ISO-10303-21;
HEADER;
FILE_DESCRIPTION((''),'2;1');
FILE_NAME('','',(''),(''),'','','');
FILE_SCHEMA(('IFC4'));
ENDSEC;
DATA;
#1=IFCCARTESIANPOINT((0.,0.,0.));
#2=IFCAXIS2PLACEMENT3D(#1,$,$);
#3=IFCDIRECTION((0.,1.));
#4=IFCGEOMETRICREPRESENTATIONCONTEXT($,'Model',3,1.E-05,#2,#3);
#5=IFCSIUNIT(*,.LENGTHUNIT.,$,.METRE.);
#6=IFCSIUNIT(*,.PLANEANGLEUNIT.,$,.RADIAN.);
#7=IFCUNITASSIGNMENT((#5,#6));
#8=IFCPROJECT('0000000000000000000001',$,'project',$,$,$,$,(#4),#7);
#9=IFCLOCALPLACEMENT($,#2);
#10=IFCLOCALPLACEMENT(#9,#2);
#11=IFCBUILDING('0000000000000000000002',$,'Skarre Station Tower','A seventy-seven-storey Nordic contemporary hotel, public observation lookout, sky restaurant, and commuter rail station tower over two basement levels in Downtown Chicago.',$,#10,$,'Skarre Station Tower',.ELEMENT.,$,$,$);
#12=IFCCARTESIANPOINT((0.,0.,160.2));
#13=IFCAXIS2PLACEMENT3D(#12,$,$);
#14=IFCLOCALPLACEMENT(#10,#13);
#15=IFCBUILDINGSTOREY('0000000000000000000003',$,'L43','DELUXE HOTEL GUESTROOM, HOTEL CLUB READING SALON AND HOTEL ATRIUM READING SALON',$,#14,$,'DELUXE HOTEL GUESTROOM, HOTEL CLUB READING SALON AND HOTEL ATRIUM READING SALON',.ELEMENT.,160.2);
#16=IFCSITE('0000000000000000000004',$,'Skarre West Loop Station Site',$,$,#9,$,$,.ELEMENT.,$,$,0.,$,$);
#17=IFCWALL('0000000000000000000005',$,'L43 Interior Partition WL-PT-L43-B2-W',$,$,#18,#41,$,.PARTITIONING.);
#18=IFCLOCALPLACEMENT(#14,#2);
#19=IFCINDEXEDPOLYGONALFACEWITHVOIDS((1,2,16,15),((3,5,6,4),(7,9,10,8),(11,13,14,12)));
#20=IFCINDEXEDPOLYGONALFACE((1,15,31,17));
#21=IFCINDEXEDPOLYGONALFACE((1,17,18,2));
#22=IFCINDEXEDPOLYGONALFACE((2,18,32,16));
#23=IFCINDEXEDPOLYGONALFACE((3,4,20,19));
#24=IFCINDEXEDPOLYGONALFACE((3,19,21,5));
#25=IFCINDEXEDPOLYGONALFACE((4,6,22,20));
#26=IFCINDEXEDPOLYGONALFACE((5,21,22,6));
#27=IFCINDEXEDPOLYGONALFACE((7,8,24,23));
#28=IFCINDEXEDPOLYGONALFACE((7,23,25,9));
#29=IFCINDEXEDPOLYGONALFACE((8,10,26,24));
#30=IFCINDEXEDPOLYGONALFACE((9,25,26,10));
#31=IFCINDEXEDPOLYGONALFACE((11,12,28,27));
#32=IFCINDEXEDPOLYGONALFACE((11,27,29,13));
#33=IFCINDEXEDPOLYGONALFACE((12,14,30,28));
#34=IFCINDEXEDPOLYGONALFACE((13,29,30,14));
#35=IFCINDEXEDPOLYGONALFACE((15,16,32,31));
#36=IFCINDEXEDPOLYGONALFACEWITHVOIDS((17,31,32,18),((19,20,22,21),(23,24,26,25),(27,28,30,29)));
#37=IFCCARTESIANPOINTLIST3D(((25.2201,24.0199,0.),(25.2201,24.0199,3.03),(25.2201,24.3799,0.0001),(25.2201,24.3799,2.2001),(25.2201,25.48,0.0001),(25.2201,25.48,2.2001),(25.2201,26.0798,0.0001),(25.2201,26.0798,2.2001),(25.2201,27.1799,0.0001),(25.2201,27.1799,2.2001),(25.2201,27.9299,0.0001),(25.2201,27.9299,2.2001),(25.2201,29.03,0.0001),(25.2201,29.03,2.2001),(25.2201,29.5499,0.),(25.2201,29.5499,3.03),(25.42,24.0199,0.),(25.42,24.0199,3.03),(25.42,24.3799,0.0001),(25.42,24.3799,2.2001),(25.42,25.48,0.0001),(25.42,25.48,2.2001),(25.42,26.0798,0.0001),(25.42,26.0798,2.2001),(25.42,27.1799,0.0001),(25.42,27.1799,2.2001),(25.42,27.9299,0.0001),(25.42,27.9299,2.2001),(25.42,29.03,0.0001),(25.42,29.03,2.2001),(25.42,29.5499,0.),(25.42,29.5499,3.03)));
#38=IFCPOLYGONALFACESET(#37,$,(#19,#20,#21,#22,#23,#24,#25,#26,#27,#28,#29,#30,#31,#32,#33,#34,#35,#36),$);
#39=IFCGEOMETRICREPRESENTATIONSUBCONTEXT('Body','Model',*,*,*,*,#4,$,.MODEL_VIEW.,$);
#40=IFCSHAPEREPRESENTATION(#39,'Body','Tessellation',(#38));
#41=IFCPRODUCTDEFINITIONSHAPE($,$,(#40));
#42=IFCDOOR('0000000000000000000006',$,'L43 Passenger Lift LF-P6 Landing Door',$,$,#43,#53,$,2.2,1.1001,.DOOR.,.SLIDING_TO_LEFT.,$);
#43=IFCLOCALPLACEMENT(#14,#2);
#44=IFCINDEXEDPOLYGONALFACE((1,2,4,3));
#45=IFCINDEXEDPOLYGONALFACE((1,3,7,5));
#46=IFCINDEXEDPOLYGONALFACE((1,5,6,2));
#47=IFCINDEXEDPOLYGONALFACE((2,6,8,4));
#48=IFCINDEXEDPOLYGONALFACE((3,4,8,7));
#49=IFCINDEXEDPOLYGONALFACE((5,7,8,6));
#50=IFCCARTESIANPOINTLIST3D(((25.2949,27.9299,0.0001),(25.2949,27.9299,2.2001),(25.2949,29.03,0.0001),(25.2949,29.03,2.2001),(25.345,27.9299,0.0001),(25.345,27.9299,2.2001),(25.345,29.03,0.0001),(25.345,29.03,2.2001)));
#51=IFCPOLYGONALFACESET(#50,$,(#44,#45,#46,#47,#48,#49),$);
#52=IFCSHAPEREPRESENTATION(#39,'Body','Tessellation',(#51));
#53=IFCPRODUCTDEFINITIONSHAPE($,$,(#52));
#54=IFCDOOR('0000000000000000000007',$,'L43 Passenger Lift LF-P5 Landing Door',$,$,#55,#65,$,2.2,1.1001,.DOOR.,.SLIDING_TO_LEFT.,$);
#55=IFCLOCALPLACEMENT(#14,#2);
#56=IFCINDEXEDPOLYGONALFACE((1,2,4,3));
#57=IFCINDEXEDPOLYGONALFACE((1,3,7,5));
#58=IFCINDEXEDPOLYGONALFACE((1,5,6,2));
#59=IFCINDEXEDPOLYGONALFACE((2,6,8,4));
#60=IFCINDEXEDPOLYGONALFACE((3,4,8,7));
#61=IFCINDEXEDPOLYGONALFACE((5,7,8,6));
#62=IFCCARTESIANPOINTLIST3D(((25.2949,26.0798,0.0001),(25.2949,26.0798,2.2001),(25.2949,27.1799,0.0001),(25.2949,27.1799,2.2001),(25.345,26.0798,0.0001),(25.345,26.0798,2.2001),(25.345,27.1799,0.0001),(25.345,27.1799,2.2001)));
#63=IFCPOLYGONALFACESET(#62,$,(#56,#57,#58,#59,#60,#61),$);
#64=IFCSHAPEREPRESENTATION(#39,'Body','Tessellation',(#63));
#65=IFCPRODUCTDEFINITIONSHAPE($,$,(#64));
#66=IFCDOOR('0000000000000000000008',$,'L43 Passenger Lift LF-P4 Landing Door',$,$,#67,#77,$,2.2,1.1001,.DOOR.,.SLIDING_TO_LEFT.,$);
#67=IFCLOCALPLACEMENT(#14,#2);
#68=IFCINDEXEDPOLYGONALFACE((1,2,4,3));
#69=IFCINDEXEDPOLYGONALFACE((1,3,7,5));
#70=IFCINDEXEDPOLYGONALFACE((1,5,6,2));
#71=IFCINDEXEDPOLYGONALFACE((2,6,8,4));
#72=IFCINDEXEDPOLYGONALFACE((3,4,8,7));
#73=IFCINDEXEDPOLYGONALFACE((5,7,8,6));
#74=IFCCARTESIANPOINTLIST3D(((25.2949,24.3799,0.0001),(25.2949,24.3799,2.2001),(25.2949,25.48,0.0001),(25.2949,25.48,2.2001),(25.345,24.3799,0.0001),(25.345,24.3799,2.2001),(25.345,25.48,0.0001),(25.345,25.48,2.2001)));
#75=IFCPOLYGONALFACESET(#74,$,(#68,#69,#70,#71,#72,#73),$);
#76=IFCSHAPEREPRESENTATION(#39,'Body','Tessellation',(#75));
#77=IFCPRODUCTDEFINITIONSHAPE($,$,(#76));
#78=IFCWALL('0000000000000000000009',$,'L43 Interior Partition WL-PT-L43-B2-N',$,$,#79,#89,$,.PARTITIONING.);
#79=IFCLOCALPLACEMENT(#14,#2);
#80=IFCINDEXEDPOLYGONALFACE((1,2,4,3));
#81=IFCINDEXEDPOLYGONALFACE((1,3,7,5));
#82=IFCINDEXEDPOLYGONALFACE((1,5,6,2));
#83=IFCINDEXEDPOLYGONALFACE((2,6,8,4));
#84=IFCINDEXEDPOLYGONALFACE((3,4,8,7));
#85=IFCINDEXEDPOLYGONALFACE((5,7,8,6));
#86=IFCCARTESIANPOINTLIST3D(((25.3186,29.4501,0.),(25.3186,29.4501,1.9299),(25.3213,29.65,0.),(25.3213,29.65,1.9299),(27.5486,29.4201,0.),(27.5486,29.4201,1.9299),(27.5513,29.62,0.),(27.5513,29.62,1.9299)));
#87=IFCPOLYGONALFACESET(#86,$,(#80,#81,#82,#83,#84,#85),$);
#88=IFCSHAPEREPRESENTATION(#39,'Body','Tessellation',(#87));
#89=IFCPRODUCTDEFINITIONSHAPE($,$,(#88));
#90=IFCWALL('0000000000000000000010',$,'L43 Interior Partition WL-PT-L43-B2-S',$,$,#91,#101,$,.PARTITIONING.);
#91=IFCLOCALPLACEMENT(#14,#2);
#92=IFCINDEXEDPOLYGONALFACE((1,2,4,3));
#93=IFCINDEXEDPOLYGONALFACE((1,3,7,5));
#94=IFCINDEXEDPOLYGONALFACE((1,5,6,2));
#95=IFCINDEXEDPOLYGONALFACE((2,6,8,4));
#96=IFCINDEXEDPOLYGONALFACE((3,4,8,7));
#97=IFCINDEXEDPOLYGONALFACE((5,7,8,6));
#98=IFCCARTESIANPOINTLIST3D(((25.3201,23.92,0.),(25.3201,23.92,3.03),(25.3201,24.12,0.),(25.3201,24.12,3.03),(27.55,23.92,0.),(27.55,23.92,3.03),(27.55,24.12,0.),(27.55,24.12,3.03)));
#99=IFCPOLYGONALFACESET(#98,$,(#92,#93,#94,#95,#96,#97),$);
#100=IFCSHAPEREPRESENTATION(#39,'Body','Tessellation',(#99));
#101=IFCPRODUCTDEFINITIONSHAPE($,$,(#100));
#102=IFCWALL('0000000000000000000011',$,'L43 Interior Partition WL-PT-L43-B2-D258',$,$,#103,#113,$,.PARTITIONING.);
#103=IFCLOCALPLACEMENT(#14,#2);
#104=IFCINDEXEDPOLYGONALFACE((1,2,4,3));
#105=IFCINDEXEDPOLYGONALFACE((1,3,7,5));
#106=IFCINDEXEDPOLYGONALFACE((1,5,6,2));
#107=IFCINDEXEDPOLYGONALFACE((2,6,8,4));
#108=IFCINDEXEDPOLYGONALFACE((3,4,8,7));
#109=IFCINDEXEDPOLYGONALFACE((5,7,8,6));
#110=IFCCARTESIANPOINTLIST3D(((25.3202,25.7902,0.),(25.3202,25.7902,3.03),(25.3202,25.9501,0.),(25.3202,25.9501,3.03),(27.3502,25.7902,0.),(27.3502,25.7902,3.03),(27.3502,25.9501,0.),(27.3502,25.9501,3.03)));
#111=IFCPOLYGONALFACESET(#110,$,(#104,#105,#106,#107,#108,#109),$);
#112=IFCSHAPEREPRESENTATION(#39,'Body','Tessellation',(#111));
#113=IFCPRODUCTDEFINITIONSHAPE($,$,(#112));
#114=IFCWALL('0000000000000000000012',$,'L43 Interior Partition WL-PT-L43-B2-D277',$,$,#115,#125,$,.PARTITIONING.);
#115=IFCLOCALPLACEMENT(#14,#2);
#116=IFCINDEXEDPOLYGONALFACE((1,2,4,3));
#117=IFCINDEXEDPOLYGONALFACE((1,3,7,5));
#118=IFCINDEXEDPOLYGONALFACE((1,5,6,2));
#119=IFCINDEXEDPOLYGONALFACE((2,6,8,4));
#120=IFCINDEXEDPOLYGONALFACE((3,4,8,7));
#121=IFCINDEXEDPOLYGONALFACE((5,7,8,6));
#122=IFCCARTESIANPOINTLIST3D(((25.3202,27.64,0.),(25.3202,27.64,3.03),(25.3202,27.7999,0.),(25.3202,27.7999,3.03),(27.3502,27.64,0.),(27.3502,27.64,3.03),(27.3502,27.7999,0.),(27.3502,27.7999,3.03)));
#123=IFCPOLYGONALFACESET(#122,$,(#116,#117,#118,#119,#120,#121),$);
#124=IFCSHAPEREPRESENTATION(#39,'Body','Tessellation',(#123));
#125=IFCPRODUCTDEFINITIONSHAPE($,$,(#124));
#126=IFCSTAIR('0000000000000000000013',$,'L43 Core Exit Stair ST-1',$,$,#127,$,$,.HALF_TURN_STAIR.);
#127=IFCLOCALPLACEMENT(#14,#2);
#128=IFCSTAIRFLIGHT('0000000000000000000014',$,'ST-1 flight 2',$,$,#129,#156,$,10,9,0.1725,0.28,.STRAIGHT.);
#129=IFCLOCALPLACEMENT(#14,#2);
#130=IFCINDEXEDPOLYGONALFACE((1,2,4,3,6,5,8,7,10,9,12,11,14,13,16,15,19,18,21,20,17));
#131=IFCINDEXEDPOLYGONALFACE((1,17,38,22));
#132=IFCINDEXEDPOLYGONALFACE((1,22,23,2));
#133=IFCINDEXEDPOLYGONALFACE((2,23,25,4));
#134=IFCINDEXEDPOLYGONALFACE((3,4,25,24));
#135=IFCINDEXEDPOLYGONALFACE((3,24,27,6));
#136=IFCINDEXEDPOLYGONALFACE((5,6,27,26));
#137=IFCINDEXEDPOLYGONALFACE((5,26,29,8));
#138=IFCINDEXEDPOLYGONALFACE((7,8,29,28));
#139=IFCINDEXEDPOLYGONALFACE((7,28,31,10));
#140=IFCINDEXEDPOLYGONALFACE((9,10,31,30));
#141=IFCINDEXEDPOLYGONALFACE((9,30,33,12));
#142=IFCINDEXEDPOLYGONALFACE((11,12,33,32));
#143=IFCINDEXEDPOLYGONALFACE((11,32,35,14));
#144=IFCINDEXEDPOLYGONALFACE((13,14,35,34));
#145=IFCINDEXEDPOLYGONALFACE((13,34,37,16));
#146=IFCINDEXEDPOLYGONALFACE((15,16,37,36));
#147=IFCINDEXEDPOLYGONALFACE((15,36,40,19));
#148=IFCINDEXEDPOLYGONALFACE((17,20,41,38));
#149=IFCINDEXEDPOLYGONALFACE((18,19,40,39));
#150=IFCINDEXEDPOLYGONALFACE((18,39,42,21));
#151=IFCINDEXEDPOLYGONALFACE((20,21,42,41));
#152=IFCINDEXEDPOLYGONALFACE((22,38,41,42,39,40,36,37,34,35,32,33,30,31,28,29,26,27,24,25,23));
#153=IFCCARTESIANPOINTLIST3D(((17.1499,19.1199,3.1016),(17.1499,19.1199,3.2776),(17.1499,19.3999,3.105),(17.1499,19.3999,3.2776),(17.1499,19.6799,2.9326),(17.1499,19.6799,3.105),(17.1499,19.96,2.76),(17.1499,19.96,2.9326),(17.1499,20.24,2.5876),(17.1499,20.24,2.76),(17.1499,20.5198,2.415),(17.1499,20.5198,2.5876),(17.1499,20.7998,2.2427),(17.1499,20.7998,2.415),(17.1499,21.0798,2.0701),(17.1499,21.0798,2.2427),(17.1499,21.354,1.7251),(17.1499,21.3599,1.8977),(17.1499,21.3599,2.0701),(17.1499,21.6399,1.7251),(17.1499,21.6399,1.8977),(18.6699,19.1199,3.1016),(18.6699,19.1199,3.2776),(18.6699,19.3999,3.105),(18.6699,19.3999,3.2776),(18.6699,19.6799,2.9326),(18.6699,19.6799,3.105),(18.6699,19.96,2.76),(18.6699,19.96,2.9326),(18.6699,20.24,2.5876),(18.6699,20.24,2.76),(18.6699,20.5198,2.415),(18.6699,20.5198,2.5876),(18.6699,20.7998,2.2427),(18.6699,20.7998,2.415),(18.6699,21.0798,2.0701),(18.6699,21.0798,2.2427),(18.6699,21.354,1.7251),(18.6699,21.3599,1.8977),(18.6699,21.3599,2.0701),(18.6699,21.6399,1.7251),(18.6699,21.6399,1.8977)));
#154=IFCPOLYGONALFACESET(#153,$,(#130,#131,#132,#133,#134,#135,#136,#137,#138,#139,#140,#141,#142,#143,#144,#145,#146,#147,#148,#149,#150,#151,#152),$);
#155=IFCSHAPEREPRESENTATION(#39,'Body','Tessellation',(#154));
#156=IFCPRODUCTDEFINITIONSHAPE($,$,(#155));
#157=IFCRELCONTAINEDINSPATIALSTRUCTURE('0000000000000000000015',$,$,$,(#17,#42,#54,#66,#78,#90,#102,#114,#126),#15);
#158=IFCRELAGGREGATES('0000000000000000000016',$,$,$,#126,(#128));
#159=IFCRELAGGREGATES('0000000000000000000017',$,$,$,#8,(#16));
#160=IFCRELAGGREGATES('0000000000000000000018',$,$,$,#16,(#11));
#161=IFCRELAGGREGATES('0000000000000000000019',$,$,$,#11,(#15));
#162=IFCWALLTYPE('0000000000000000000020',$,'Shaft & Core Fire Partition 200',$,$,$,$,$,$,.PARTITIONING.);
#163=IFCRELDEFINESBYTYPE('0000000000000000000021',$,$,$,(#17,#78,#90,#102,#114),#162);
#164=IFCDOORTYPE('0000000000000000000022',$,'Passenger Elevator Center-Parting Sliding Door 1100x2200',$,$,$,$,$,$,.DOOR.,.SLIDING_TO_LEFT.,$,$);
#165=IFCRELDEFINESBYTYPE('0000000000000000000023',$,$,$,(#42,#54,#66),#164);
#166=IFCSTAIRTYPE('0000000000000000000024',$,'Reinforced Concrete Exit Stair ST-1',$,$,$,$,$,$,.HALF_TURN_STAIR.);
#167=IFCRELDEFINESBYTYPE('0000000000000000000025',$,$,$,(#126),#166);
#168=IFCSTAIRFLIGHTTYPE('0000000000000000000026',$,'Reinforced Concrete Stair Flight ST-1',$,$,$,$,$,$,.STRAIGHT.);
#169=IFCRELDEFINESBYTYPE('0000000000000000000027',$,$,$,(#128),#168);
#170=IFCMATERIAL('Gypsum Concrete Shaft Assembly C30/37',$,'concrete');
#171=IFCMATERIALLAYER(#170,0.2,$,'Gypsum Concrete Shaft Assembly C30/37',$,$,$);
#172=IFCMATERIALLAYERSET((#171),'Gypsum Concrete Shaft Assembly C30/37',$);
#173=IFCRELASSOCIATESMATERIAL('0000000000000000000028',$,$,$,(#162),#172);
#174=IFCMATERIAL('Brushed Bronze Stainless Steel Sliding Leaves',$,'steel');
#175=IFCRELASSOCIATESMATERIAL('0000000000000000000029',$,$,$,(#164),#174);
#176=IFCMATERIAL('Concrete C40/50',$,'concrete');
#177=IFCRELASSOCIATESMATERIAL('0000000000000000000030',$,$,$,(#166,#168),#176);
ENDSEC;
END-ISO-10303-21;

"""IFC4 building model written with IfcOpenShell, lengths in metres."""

from ifc_helpers import new_model, si_unit, direction, frame, frame_2d, origin, place, context, subcontext, project, spatial, polyline, rectangle, outline, extrude, material, layer, layer_set, type_object, element, fill, aggregate, save


model = new_model("IFC4")

# Units and contexts
model_context = context("Model", 3, precision=1e-05, world=origin(), true_north=direction((0.0, 1.0)))
body_context = subcontext(model_context, "Body", "Model", "MODEL_VIEW")
ifc_project = project(units=[si_unit("LENGTHUNIT", "METRE"), si_unit("PLANEANGLEUNIT", "RADIAN")], contexts=[model_context])

# Site, building, storey
site_placement = place(None, origin())
site = spatial("IfcSite", under=ifc_project, at=site_placement, Name="Skarre West Loop Station Site", CompositionType="ELEMENT", RefElevation=0.0)
building_placement = place(site_placement, origin())
building = spatial("IfcBuilding", under=site, at=building_placement, Name="Skarre Station Tower", Description="A seventy-seven-storey Nordic contemporary hotel, public observation lookout, sky restaurant, and commuter rail station tower over two basement levels in Downtown Chicago.", LongName="Skarre Station Tower", CompositionType="ELEMENT")
storey_placement = place(building_placement, frame((0.0, 0.0, 160.2)))
storey = spatial("IfcBuildingStorey", under=building, at=storey_placement, Name="L43", Description="DELUXE HOTEL GUESTROOM, HOTEL CLUB READING SALON AND HOTEL ATRIUM READING SALON", LongName="DELUXE HOTEL GUESTROOM, HOTEL CLUB READING SALON AND HOTEL ATRIUM READING SALON", CompositionType="ELEMENT", Elevation=160.2)

# Shared definitions
ifc_material_1 = material(Name="Gypsum Concrete Shaft Assembly C30/37", Category="concrete")
ifc_layer_1 = layer(ifc_material_1, 0.2, Name="Gypsum Concrete Shaft Assembly C30/37")
ifc_layer_set_1 = layer_set([ifc_layer_1], Name="Gypsum Concrete Shaft Assembly C30/37")
wall_type_1 = type_object("IfcWallType", Name="Shaft & Core Fire Partition 200", PredefinedType="PARTITIONING", material=ifc_layer_set_1)

# Wall, openings, doors
wall_1_placement = place(storey_placement, frame((25.3201, 29.55, 0.0), z_axis=(0.0, 0.0, 1.0), x_axis=(0.0, -1.0, 0.0)))
wall_1 = element("IfcWall", 1, at=wall_1_placement, inside=storey, type_object=wall_type_1, Name="L43 Interior Partition WL-PT-L43-B2-W", PredefinedType="PARTITIONING", context=body_context, shape_type="SweptSolid", body=[
    extrude(rectangle(XDim=5.53, YDim=0.2, at=frame_2d((2.7651, 0.0))), origin(), (0.0, 0.0, 1.0), 3.03),
])
opening_1_placement = place(wall_1_placement, frame((0.52, 0.0, 0.0)))
opening_1 = element("IfcOpeningElement", 2, at=opening_1_placement, cuts=wall_1, PredefinedType="OPENING", context=body_context, shape_type="SweptSolid", body=[
    extrude(rectangle(XDim=1.1001, YDim=2.2, at=frame_2d((0.55, 1.1001))), frame((0.0, 0.1099, 0.0), z_axis=(0.0, -1.0, 0.0), x_axis=(1.0, 0.0, 0.0)), (0.0, 0.0, 1.0), 0.22),
])
opening_2_placement = place(wall_1_placement, frame((2.3701, 0.0, 0.0)))
opening_2 = element("IfcOpeningElement", 3, at=opening_2_placement, cuts=wall_1, PredefinedType="OPENING", context=body_context, shape_type="SweptSolid", body=[
    extrude(rectangle(XDim=1.1001, YDim=2.2, at=frame_2d((0.55, 1.1001))), frame((0.0, 0.1099, 0.0), z_axis=(0.0, -1.0, 0.0), x_axis=(1.0, 0.0, 0.0)), (0.0, 0.0, 1.0), 0.22),
])
opening_3_placement = place(wall_1_placement, frame((4.0701, 0.0, 0.0)))
opening_3 = element("IfcOpeningElement", 4, at=opening_3_placement, cuts=wall_1, PredefinedType="OPENING", context=body_context, shape_type="SweptSolid", body=[
    extrude(rectangle(XDim=1.1001, YDim=2.2, at=frame_2d((0.55, 1.1001))), frame((0.0, 0.1099, 0.0), z_axis=(0.0, -1.0, 0.0), x_axis=(1.0, 0.0, 0.0)), (0.0, 0.0, 1.0), 0.22),
])
ifc_material_2 = material(Name="Brushed Bronze Stainless Steel Sliding Leaves", Category="steel")
door_type_1 = type_object("IfcDoorType", Name="Passenger Elevator Center-Parting Sliding Door 1100x2200", OperationType="SLIDING_TO_LEFT", PredefinedType="DOOR", material=ifc_material_2)
door_1_placement = place(opening_1_placement, origin())
door_1 = element("IfcDoor", 5, at=door_1_placement, inside=storey, type_object=door_type_1, Name="L43 Passenger Lift LF-P6 Landing Door", OperationType="SLIDING_TO_LEFT", OverallHeight=2.2, OverallWidth=1.1001, PredefinedType="DOOR", context=body_context, shape_type="SweptSolid", body=[
    extrude(rectangle(XDim=1.1001, YDim=2.2, at=frame_2d((0.55, 1.1001))), frame((0.0, 0.0249, 0.0), z_axis=(0.0, -1.0, 0.0), x_axis=(1.0, 0.0, 0.0)), (0.0, 0.0, 1.0), 0.05),
])
fill(opening_1, door_1)
door_2_placement = place(opening_2_placement, origin())
door_2 = element("IfcDoor", 6, at=door_2_placement, inside=storey, type_object=door_type_1, Name="L43 Passenger Lift LF-P5 Landing Door", OperationType="SLIDING_TO_LEFT", OverallHeight=2.2, OverallWidth=1.1001, PredefinedType="DOOR", context=body_context, shape_type="SweptSolid", body=[
    extrude(rectangle(XDim=1.1001, YDim=2.2, at=frame_2d((0.55, 1.1001))), frame((0.0, 0.0249, 0.0), z_axis=(0.0, -1.0, 0.0), x_axis=(1.0, 0.0, 0.0)), (0.0, 0.0, 1.0), 0.05),
])
fill(opening_2, door_2)
door_3_placement = place(opening_3_placement, origin())
door_3 = element("IfcDoor", 7, at=door_3_placement, inside=storey, type_object=door_type_1, Name="L43 Passenger Lift LF-P4 Landing Door", OperationType="SLIDING_TO_LEFT", OverallHeight=2.2, OverallWidth=1.1001, PredefinedType="DOOR", context=body_context, shape_type="SweptSolid", body=[
    extrude(rectangle(XDim=1.1001, YDim=2.2, at=frame_2d((0.55, 1.1001))), frame((0.0, 0.0249, 0.0), z_axis=(0.0, -1.0, 0.0), x_axis=(1.0, 0.0, 0.0)), (0.0, 0.0, 1.0), 0.05),
])
fill(opening_3, door_3)

# Walls
wall_2_placement = place(storey_placement, frame((27.55, 29.52, 0.0), z_axis=(0.0, 0.0, 1.0), x_axis=(-0.999909, 0.013465, 0.0)))
element("IfcWall", 8, at=wall_2_placement, inside=storey, type_object=wall_type_1, Name="L43 Interior Partition WL-PT-L43-B2-N", PredefinedType="PARTITIONING", context=body_context, shape_type="SweptSolid", body=[
    extrude(rectangle(XDim=2.2302, YDim=0.2, at=frame_2d((1.1152, 0.0))), origin(), (0.0, 0.0, 1.0), 1.9299),
])
wall_3_placement = place(storey_placement, frame((25.3201, 24.02, 0.0), z_axis=(0.0, 0.0, 1.0), x_axis=(1.0, 0.0, 0.0)))
element("IfcWall", 9, at=wall_3_placement, inside=storey, type_object=wall_type_1, Name="L43 Interior Partition WL-PT-L43-B2-S", PredefinedType="PARTITIONING", context=body_context, shape_type="SweptSolid", body=[
    extrude(rectangle(XDim=2.23, YDim=0.2, at=frame_2d((1.115, 0.0))), origin(), (0.0, 0.0, 1.0), 3.03),
])
for number, where, z_axis, x_axis, name in (
    (10, (25.3201, 25.8701, 0.0), (0.0, 0.0, 1.0), (1.0, 0.0, 0.0), "L43 Interior Partition WL-PT-L43-B2-D258"),
    (11, (25.3201, 27.72, 0.0), (0.0, 0.0, 1.0), (1.0, 0.0, 0.0), "L43 Interior Partition WL-PT-L43-B2-D277"),
):
    element("IfcWall", number, at=place(storey_placement, frame(where, z_axis=z_axis, x_axis=x_axis)), inside=storey, type_object=wall_type_1, Name=name, PredefinedType="PARTITIONING", context=body_context, shape_type="SweptSolid", body=[
        extrude(rectangle(XDim=2.03, YDim=0.1599, at=frame_2d((1.0151, 0.0))), origin(), (0.0, 0.0, 1.0), 3.03),
    ])

# Stair, stair flight
ifc_material_3 = material(Name="Concrete C40/50", Category="concrete")
stair_type = type_object("IfcStairType", Name="Reinforced Concrete Exit Stair ST-1", PredefinedType="HALF_TURN_STAIR", material=ifc_material_3)
stair_placement = place(storey_placement, origin())
stair = element("IfcStair", 12, at=stair_placement, inside=storey, type_object=stair_type, Name="L43 Core Exit Stair ST-1", PredefinedType="HALF_TURN_STAIR")
stair_flight_type = type_object("IfcStairFlightType", Name="Reinforced Concrete Stair Flight ST-1", PredefinedType="STRAIGHT", material=ifc_material_3)
stair_flight_placement = place(storey_placement, frame((17.9099, 21.6399, 1.7251), z_axis=(0.0, 0.0, 1.0), x_axis=(0.0, -1.0, 0.0)))
stair_flight = element("IfcStairFlight", 13, at=stair_flight_placement, type_object=stair_flight_type, Name="ST-1 flight 2", NumberOfRisers=10, NumberOfTreads=9, PredefinedType="STRAIGHT", RiserHeight=0.1725, TreadLength=0.28, context=body_context, shape_type="SweptSolid", body=[
    extrude(outline(polyline([(0.0, 0.0), (0.0, 0.1726), (0.28, 0.1726), (0.28, 0.345), (0.5601, 0.345), (0.5601, 0.5176), (0.8401, 0.5176), (0.8401, 0.6899), (1.1201, 0.6899), (1.1201, 0.8625), (1.3999, 0.8625), (1.3999, 1.0349), (1.6799, 1.0349), (1.6799, 1.2075), (1.96, 1.2075), (1.96, 1.3799), (2.24, 1.3799), (2.24, 1.5525), (2.52, 1.5525), (2.52, 1.7251), (2.52, 1.3765), (0.2859, 0.0), (0.0, 0.0)])), frame((0.0, 0.76, 0.0), z_axis=(0.0, -1.0, 0.0), x_axis=(1.0, 0.0, 0.0)), (0.0, 0.0, 1.0), 1.52),
])
aggregate(stair, [stair_flight])

save(model, "model.ifc")
